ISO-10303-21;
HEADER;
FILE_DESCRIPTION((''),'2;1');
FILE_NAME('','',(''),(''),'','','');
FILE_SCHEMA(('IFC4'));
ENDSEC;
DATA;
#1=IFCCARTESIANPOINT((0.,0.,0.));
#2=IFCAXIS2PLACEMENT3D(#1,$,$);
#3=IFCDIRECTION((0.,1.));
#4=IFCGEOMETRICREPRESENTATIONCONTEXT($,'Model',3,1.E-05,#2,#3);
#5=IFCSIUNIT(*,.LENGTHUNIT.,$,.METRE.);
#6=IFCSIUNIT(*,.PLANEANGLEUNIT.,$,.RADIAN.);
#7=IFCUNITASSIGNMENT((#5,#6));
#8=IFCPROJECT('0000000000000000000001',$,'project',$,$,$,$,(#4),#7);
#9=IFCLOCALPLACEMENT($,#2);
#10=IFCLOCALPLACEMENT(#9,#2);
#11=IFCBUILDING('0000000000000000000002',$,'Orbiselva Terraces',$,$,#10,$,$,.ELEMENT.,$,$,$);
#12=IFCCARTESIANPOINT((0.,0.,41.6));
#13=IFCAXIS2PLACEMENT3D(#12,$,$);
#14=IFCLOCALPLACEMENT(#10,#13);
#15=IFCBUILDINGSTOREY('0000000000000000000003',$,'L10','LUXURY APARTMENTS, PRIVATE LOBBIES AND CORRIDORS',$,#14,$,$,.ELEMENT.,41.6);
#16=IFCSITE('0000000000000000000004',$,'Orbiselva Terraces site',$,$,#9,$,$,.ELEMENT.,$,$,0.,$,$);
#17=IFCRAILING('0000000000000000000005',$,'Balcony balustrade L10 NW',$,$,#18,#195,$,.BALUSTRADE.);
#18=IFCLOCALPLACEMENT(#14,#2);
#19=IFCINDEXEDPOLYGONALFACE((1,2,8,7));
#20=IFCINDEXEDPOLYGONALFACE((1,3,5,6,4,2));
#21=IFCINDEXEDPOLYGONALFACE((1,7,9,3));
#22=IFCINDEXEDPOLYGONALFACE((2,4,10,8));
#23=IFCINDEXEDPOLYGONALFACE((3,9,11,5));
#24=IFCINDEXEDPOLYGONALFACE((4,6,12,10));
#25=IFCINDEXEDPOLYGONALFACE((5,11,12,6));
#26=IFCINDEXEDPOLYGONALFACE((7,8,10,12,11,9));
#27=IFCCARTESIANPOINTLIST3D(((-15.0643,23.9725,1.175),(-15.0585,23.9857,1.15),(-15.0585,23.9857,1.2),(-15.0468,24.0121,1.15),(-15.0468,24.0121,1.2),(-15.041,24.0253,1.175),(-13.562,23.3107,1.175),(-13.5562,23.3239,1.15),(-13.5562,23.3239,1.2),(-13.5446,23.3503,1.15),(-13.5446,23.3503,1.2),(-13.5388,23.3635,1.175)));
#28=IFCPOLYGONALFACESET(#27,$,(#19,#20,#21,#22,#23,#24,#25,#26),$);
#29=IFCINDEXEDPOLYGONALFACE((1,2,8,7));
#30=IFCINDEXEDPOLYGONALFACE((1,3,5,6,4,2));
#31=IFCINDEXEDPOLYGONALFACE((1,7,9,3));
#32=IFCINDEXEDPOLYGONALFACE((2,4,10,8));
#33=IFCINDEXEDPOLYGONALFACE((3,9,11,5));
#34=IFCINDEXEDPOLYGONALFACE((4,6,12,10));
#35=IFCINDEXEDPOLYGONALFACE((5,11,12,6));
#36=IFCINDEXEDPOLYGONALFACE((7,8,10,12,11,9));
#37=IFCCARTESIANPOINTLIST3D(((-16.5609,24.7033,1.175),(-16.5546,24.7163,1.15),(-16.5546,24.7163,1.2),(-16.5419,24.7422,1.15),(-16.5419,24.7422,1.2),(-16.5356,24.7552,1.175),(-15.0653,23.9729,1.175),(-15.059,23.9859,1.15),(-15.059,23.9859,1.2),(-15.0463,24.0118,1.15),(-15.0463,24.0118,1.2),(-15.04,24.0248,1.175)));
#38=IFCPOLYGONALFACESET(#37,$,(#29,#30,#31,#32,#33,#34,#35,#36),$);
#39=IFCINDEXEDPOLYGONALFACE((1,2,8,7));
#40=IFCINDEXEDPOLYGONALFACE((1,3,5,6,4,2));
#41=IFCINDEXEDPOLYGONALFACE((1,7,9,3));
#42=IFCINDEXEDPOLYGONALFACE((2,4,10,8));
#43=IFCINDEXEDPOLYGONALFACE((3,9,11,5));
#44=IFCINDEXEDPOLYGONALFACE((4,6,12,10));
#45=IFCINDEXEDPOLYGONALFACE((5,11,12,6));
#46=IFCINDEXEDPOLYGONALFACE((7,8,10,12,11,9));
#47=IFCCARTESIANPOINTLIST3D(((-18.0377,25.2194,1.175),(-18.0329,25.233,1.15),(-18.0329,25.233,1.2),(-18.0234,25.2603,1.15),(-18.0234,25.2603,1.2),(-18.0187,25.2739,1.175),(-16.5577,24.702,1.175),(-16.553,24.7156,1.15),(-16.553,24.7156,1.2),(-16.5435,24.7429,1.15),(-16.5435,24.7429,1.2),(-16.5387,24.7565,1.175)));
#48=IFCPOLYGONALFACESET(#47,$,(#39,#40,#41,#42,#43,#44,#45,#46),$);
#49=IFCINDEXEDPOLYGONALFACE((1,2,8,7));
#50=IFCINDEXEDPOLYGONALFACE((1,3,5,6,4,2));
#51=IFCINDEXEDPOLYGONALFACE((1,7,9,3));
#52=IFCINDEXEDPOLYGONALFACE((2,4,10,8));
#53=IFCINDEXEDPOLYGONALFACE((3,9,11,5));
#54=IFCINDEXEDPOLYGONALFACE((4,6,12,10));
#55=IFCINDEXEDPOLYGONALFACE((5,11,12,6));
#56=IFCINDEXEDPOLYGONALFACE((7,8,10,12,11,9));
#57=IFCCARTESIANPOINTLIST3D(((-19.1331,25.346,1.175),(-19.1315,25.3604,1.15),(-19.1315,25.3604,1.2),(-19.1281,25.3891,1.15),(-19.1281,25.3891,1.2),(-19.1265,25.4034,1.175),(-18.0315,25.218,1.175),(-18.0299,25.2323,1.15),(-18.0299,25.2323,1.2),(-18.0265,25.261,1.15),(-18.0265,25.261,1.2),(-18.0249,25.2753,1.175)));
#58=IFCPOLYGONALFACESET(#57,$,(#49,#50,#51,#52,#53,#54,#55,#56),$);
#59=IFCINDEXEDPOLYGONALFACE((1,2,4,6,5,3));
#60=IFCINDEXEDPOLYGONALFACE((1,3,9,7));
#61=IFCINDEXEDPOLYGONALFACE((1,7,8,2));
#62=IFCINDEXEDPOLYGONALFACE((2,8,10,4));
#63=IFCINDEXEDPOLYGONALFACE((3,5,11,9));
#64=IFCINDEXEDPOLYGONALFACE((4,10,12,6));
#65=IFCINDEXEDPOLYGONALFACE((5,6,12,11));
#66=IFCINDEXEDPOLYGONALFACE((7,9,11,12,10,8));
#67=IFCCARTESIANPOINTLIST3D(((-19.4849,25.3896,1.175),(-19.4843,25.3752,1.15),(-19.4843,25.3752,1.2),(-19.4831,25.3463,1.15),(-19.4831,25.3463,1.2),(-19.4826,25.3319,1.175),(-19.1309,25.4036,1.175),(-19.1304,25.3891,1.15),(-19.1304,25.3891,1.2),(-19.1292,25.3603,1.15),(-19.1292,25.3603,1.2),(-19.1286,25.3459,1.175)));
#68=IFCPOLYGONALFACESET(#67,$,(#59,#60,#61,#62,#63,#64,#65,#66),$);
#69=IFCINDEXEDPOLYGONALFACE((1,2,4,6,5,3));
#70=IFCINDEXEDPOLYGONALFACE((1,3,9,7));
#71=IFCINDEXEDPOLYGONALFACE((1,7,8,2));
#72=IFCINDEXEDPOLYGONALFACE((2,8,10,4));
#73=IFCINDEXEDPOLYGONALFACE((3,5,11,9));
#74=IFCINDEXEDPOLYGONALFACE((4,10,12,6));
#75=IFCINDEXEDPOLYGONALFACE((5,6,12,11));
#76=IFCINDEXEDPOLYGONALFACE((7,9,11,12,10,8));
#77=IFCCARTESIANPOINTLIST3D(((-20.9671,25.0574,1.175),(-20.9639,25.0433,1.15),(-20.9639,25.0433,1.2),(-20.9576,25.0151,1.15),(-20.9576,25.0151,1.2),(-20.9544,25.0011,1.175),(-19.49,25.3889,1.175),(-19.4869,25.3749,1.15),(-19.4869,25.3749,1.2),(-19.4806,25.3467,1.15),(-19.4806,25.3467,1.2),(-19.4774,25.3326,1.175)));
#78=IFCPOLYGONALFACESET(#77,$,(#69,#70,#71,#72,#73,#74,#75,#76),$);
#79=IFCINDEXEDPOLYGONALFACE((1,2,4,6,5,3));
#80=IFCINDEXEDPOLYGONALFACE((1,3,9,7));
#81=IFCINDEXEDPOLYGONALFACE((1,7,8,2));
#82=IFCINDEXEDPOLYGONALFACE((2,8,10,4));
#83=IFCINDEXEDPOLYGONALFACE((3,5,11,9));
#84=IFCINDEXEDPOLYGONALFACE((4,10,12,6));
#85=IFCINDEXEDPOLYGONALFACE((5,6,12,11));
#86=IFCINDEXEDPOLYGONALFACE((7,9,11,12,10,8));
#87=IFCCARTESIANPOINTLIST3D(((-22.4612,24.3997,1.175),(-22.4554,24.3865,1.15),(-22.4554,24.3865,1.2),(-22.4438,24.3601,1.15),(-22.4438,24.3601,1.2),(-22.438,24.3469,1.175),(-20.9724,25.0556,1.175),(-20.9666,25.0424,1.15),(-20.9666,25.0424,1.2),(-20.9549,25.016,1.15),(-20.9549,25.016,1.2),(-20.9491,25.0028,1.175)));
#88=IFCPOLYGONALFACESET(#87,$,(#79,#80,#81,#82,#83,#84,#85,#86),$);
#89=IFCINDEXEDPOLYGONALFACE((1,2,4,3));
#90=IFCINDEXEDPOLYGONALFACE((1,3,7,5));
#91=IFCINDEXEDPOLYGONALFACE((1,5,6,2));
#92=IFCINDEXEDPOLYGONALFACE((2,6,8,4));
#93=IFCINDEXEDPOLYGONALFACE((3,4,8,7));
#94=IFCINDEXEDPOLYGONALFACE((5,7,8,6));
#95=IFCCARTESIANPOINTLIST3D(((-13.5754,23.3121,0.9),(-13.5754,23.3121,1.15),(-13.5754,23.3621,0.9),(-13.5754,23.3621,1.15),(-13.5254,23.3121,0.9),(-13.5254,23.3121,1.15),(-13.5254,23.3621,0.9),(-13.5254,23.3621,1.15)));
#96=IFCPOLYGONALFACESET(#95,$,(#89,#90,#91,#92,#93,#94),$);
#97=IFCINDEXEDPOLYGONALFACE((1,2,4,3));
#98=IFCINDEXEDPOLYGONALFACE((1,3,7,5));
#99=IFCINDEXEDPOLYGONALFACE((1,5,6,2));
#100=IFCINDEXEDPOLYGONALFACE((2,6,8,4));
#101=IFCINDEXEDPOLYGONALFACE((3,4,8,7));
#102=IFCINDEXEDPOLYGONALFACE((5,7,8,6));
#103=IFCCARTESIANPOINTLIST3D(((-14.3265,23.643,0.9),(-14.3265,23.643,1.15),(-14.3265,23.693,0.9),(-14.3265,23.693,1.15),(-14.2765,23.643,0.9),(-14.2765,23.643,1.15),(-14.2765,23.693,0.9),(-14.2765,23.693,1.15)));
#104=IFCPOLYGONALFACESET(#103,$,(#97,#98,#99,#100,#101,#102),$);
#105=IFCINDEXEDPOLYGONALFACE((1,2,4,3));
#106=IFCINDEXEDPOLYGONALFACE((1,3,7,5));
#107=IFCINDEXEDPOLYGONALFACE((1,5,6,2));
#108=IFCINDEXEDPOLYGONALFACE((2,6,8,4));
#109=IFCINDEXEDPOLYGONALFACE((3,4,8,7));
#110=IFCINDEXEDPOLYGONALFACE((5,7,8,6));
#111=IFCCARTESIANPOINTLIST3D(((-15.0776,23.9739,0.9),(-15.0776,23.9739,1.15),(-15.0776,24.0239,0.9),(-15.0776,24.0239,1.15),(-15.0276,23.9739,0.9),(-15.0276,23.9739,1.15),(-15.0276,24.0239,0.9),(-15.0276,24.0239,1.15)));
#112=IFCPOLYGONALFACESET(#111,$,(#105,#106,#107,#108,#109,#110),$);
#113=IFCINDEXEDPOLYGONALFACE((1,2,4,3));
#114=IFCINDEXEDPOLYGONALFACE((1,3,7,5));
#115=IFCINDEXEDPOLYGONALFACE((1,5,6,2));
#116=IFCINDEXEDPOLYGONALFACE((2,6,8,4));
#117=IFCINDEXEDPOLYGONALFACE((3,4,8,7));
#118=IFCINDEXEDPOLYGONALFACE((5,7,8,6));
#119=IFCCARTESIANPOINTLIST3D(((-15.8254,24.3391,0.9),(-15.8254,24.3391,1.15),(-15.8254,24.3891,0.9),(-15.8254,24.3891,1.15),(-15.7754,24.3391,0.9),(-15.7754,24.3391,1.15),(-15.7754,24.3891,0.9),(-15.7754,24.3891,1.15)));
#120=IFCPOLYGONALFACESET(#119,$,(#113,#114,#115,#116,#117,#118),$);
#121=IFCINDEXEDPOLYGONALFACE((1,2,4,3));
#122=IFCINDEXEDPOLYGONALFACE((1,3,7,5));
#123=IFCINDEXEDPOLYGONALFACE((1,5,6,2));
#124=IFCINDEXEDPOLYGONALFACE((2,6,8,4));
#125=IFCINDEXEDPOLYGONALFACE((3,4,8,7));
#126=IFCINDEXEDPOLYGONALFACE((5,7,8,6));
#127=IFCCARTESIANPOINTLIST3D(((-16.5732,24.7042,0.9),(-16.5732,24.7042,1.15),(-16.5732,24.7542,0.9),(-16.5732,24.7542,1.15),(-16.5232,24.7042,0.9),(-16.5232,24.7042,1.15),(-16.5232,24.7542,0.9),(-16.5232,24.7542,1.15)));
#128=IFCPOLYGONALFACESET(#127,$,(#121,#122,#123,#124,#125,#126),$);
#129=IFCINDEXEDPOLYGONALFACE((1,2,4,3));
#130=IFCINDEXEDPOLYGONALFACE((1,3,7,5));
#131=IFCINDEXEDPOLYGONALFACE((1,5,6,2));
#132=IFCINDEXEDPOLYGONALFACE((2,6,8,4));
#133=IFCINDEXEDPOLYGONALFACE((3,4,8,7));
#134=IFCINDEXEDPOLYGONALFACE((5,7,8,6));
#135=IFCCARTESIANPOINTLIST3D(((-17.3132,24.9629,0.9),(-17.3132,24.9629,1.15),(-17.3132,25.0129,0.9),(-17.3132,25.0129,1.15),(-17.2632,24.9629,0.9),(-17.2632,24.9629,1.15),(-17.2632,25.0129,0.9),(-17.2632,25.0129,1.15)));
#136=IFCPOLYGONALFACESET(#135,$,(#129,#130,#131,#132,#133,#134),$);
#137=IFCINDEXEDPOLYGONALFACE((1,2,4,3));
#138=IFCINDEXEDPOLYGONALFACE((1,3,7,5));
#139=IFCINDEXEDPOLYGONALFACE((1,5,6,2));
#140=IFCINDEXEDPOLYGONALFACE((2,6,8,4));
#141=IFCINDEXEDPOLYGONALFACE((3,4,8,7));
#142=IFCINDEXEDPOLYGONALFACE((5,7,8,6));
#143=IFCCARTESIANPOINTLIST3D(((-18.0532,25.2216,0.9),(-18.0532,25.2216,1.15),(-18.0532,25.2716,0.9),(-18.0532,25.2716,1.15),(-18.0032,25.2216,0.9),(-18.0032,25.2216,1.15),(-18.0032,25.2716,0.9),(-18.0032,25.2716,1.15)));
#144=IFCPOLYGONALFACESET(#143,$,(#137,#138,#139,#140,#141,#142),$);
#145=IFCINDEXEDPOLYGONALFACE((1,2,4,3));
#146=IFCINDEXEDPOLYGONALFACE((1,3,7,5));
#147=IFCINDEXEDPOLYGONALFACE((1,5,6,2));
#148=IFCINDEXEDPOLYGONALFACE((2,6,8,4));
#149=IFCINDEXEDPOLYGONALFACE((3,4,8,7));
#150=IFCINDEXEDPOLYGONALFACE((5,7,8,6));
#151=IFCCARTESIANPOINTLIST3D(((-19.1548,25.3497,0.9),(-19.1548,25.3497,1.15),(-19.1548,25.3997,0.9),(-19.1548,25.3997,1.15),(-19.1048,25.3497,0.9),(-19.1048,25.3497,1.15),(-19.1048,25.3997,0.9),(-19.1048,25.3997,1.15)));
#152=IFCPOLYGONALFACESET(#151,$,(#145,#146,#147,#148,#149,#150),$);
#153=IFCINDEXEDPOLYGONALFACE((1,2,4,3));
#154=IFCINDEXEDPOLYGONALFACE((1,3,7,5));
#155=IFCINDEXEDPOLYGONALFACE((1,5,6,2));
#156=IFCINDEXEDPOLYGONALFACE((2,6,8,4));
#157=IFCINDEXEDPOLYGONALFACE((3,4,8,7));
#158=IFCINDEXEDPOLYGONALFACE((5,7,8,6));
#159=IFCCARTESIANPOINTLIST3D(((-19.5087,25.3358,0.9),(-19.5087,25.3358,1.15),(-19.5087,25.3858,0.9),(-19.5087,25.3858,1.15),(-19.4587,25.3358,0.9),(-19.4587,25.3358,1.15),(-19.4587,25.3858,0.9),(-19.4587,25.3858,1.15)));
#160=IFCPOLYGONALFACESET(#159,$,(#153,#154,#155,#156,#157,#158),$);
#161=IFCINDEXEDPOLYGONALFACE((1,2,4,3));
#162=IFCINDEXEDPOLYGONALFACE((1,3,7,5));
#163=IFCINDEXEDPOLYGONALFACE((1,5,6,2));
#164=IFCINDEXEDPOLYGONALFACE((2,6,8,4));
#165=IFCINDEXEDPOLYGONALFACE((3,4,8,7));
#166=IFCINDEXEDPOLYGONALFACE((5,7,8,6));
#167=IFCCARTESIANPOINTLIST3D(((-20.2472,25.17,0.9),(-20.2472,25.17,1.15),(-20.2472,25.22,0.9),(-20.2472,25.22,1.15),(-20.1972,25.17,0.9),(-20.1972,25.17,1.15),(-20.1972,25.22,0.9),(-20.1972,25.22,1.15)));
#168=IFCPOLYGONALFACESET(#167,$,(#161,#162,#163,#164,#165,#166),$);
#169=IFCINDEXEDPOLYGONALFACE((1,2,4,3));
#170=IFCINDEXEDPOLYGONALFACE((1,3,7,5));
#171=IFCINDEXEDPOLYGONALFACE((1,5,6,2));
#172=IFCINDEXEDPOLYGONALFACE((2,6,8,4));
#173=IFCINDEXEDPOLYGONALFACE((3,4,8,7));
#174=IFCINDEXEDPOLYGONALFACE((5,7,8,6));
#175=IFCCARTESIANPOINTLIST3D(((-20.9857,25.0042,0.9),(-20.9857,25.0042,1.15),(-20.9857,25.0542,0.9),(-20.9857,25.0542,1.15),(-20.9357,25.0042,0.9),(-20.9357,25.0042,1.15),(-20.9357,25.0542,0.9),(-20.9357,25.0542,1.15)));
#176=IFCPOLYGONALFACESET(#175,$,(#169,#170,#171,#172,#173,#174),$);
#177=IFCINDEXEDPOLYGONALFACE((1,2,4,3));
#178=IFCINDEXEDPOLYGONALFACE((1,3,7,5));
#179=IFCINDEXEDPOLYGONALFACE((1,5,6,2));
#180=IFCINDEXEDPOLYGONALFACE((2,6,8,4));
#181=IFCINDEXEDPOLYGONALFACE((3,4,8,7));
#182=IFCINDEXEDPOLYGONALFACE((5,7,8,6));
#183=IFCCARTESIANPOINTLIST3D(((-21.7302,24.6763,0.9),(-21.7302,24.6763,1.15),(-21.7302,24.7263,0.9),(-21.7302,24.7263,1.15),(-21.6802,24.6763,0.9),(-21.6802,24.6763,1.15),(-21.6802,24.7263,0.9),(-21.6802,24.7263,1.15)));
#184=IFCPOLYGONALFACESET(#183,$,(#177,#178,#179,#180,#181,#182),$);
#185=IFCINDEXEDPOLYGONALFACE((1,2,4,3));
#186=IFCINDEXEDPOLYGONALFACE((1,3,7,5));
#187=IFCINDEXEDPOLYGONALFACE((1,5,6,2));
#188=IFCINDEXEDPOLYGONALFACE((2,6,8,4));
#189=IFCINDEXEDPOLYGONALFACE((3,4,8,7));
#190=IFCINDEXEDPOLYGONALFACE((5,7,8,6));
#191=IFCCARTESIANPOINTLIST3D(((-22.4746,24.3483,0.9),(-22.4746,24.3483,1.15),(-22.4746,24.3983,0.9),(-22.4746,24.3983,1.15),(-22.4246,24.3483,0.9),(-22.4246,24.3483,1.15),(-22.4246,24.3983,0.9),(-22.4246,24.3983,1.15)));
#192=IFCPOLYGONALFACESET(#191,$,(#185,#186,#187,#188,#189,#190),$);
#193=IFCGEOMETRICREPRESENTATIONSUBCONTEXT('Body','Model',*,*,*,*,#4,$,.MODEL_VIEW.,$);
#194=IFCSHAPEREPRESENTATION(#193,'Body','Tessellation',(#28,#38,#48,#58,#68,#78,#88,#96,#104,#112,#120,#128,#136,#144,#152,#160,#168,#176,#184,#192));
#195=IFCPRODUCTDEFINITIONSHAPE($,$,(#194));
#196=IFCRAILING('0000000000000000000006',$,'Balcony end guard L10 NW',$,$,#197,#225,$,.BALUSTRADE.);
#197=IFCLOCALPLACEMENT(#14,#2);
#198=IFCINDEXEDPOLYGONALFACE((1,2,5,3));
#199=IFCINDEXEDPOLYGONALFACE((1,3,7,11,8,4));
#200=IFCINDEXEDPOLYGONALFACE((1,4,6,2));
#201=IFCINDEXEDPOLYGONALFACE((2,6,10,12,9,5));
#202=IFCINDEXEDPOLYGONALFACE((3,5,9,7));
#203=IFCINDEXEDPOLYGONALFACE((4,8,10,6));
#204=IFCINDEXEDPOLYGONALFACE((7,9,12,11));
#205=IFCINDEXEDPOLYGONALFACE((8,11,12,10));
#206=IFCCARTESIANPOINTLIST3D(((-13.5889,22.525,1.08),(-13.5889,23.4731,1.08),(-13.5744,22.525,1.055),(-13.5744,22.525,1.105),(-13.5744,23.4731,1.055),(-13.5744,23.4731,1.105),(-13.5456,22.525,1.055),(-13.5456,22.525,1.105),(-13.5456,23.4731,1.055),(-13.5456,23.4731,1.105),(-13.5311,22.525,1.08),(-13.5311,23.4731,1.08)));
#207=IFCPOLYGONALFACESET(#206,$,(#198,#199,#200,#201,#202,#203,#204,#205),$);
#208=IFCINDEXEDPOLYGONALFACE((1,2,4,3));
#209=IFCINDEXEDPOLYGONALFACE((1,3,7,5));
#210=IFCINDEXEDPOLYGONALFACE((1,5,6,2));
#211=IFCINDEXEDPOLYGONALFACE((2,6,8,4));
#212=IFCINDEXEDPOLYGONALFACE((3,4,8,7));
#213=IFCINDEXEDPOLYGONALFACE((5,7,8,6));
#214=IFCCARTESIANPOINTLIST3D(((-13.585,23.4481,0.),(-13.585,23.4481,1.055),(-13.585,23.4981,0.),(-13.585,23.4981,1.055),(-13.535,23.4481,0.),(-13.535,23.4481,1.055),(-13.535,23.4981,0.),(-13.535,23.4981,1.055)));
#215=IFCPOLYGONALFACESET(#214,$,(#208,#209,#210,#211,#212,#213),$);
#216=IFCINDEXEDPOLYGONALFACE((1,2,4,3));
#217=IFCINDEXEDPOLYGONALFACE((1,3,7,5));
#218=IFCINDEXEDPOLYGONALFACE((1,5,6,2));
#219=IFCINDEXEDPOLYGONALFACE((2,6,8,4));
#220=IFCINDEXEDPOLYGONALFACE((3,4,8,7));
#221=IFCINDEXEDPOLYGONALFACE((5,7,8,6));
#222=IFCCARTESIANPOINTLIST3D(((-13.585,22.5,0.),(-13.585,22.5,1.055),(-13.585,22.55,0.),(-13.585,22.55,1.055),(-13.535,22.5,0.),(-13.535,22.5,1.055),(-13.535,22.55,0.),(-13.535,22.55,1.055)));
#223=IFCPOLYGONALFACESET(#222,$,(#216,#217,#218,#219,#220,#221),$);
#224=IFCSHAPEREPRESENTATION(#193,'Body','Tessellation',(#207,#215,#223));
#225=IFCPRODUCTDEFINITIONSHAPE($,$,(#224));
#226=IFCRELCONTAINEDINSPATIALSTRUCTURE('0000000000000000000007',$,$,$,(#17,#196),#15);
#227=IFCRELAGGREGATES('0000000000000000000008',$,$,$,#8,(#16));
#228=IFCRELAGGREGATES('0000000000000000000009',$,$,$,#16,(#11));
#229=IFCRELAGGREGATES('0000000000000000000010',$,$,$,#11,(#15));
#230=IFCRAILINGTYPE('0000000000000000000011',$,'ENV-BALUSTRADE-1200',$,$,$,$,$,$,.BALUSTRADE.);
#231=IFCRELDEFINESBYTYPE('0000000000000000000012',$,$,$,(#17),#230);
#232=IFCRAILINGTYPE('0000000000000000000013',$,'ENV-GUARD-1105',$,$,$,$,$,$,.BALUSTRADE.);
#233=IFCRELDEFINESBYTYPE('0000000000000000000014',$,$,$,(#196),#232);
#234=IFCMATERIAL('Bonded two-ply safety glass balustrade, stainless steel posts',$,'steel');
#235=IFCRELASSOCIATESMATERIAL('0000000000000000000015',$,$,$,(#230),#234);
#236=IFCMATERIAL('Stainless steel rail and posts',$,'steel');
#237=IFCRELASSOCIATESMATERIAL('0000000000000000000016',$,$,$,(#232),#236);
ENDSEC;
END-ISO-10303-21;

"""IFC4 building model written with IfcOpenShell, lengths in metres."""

from ifc_helpers import new_model, si_unit, direction, frame, origin, origin_2d, place, context, subcontext, project, spatial, polyline, rectangle, outline, extrude, material, type_object, element, save


model = new_model("IFC4")

# Units and contexts
model_context = context("Model", 3, precision=1e-05, world=origin(), true_north=direction((0.0, 1.0)))
body_context = subcontext(model_context, "Body", "Model", "MODEL_VIEW")
ifc_project = project(units=[si_unit("LENGTHUNIT", "METRE"), si_unit("PLANEANGLEUNIT", "RADIAN")], contexts=[model_context])

# Site, building, storey
site_placement = place(None, origin())
site = spatial("IfcSite", under=ifc_project, at=site_placement, Name="Orbiselva Terraces site", CompositionType="ELEMENT", RefElevation=0.0)
building_placement = place(site_placement, origin())
building = spatial("IfcBuilding", under=site, at=building_placement, Name="Orbiselva Terraces", CompositionType="ELEMENT")
storey_placement = place(building_placement, frame((0.0, 0.0, 41.6)))
storey = spatial("IfcBuildingStorey", under=building, at=storey_placement, Name="L10", Description="LUXURY APARTMENTS, PRIVATE LOBBIES AND CORRIDORS", CompositionType="ELEMENT", Elevation=41.6)

# Railings
ifc_material_1 = material(Name="Bonded two-ply safety glass balustrade, stainless steel posts", Category="steel")
railing_type_1 = type_object("IfcRailingType", Name="ENV-BALUSTRADE-1200", PredefinedType="BALUSTRADE", material=ifc_material_1)
railing_1_placement = place(storey_placement, frame((-13.5504, 23.3371, 0.9)))
element("IfcRailing", 1, at=railing_1_placement, inside=storey, type_object=railing_type_1, Name="Balcony balustrade L10 NW", PredefinedType="BALUSTRADE", context=body_context, shape_type="SweptSolid", body=[
    extrude(outline(polyline([(0.0289, 0.0), (0.0144, 0.025), (-0.0144, 0.025), (-0.0289, 0.0), (-0.0144, -0.025), (0.0144, -0.025), (0.0289, 0.0)])), frame((0.0, 0.0, 0.275), z_axis=(-0.915133, 0.403151, 0.0), x_axis=(-0.403151, -0.915133, 0.0)), (0.0, 0.0, 1.0), 1.6416),
    extrude(outline(polyline([(0.0289, 0.0), (0.0144, 0.025), (-0.0144, 0.025), (-0.0289, 0.0), (-0.0144, -0.025), (0.0144, -0.025), (0.0289, 0.0)])), frame((-1.5022, 0.6618, 0.275), z_axis=(-0.898579, 0.438812, 0.0), x_axis=(-0.438812, -0.898579, 0.0)), (0.0, 0.0, 1.0), 1.6644),
    extrude(outline(polyline([(0.0289, 0.0), (0.0144, 0.025), (-0.0144, 0.025), (-0.0289, 0.0), (-0.0144, -0.025), (0.0144, -0.025), (0.0289, 0.0)])), frame((-2.9978, 1.3921, 0.275), z_axis=(-0.943972, 0.330025, 0.0), x_axis=(-0.330025, -0.943972, 0.0)), (0.0, 0.0, 1.0), 1.5678),
    extrude(outline(polyline([(0.0289, 0.0), (0.0144, 0.025), (-0.0144, 0.025), (-0.0289, 0.0), (-0.0144, -0.025), (0.0144, -0.025), (0.0289, 0.0)])), frame((-4.4778, 1.9096, 0.275), z_axis=(-0.99331, 0.115481, 0.0), x_axis=(-0.115481, -0.99331, 0.0)), (0.0, 0.0, 1.0), 1.109),
    extrude(outline(polyline([(0.0289, 0.0), (0.0144, 0.025), (-0.0144, 0.025), (-0.0289, 0.0), (-0.0144, -0.025), (0.0144, -0.025), (0.0289, 0.0)])), frame((-5.5794, 2.0376, 0.275), z_axis=(-0.999225, -0.039364, 0.0), x_axis=(0.039364, -0.999225, 0.0)), (0.0, 0.0, 1.0), 0.3542),
    extrude(outline(polyline([(0.0289, 0.0), (0.0144, 0.025), (-0.0144, 0.025), (-0.0289, 0.0), (-0.0144, -0.025), (0.0144, -0.025), (0.0289, 0.0)])), frame((-5.9333, 2.0237, 0.275), z_axis=(-0.975721, -0.219016, 0.0), x_axis=(0.219016, -0.975721, 0.0)), (0.0, 0.0, 1.0), 1.5138),
    extrude(outline(polyline([(0.0289, 0.0), (0.0144, 0.025), (-0.0144, 0.025), (-0.0289, 0.0), (-0.0144, -0.025), (0.0144, -0.025), (0.0289, 0.0)])), frame((-7.4104, 1.6921, 0.275), z_axis=(-0.915133, -0.403151, 0.0), x_axis=(0.403151, -0.915133, 0.0)), (0.0, 0.0, 1.0), 1.6269),
    extrude(rectangle(XDim=0.05, YDim=0.05, at=origin_2d()), origin(), (0.0, 0.0, 1.0), 0.25),
    extrude(rectangle(XDim=0.05, YDim=0.05, at=origin_2d()), frame((-0.7511, 0.3309, 0.0)), (0.0, 0.0, 1.0), 0.25),
    extrude(rectangle(XDim=0.05, YDim=0.05, at=origin_2d()), frame((-1.5022, 0.6618, 0.0)), (0.0, 0.0, 1.0), 0.25),
    extrude(rectangle(XDim=0.05, YDim=0.05, at=origin_2d()), frame((-2.25, 1.027, 0.0)), (0.0, 0.0, 1.0), 0.25),
    extrude(rectangle(XDim=0.05, YDim=0.05, at=origin_2d()), frame((-2.9978, 1.3921, 0.0)), (0.0, 0.0, 1.0), 0.25),
    extrude(rectangle(XDim=0.05, YDim=0.05, at=origin_2d()), frame((-3.7378, 1.6509, 0.0)), (0.0, 0.0, 1.0), 0.25),
    extrude(rectangle(XDim=0.05, YDim=0.05, at=origin_2d()), frame((-4.4778, 1.9096, 0.0)), (0.0, 0.0, 1.0), 0.25),
    extrude(rectangle(XDim=0.05, YDim=0.05, at=origin_2d()), frame((-5.5794, 2.0376, 0.0)), (0.0, 0.0, 1.0), 0.25),
    extrude(rectangle(XDim=0.05, YDim=0.05, at=origin_2d()), frame((-5.9333, 2.0237, 0.0)), (0.0, 0.0, 1.0), 0.25),
    extrude(rectangle(XDim=0.05, YDim=0.05, at=origin_2d()), frame((-6.6718, 1.8579, 0.0)), (0.0, 0.0, 1.0), 0.25),
    extrude(rectangle(XDim=0.05, YDim=0.05, at=origin_2d()), frame((-7.4104, 1.6921, 0.0)), (0.0, 0.0, 1.0), 0.25),
    extrude(rectangle(XDim=0.05, YDim=0.05, at=origin_2d()), frame((-8.1548, 1.3642, 0.0)), (0.0, 0.0, 1.0), 0.25),
    extrude(rectangle(XDim=0.05, YDim=0.05, at=origin_2d()), frame((-8.8992, 1.0362, 0.0)), (0.0, 0.0, 1.0), 0.25),
])
ifc_material_2 = material(Name="Stainless steel rail and posts", Category="steel")
railing_type_2 = type_object("IfcRailingType", Name="ENV-GUARD-1105", PredefinedType="BALUSTRADE", material=ifc_material_2)
railing_2_placement = place(storey_placement, frame((-13.56, 23.4731, 0.0)))
element("IfcRailing", 2, at=railing_2_placement, inside=storey, type_object=railing_type_2, Name="Balcony end guard L10 NW", PredefinedType="BALUSTRADE", context=body_context, shape_type="SweptSolid", body=[
    extrude(outline(polyline([(0.0289, 0.0), (0.0144, 0.025), (-0.0144, 0.025), (-0.0289, 0.0), (-0.0144, -0.025), (0.0144, -0.025), (0.0289, 0.0)])), frame((0.0, 0.0, 1.08), z_axis=(0.0, -1.0, 0.0), x_axis=(1.0, 0.0, 0.0)), (0.0, 0.0, 1.0), 0.9481),
    extrude(rectangle(XDim=0.05, YDim=0.05, at=origin_2d()), origin(), (0.0, 0.0, 1.0), 1.055),
    extrude(rectangle(XDim=0.05, YDim=0.05, at=origin_2d()), frame((0.0, -0.9481, 0.0)), (0.0, 0.0, 1.0), 1.055),
])

save(model, "model.ifc")
